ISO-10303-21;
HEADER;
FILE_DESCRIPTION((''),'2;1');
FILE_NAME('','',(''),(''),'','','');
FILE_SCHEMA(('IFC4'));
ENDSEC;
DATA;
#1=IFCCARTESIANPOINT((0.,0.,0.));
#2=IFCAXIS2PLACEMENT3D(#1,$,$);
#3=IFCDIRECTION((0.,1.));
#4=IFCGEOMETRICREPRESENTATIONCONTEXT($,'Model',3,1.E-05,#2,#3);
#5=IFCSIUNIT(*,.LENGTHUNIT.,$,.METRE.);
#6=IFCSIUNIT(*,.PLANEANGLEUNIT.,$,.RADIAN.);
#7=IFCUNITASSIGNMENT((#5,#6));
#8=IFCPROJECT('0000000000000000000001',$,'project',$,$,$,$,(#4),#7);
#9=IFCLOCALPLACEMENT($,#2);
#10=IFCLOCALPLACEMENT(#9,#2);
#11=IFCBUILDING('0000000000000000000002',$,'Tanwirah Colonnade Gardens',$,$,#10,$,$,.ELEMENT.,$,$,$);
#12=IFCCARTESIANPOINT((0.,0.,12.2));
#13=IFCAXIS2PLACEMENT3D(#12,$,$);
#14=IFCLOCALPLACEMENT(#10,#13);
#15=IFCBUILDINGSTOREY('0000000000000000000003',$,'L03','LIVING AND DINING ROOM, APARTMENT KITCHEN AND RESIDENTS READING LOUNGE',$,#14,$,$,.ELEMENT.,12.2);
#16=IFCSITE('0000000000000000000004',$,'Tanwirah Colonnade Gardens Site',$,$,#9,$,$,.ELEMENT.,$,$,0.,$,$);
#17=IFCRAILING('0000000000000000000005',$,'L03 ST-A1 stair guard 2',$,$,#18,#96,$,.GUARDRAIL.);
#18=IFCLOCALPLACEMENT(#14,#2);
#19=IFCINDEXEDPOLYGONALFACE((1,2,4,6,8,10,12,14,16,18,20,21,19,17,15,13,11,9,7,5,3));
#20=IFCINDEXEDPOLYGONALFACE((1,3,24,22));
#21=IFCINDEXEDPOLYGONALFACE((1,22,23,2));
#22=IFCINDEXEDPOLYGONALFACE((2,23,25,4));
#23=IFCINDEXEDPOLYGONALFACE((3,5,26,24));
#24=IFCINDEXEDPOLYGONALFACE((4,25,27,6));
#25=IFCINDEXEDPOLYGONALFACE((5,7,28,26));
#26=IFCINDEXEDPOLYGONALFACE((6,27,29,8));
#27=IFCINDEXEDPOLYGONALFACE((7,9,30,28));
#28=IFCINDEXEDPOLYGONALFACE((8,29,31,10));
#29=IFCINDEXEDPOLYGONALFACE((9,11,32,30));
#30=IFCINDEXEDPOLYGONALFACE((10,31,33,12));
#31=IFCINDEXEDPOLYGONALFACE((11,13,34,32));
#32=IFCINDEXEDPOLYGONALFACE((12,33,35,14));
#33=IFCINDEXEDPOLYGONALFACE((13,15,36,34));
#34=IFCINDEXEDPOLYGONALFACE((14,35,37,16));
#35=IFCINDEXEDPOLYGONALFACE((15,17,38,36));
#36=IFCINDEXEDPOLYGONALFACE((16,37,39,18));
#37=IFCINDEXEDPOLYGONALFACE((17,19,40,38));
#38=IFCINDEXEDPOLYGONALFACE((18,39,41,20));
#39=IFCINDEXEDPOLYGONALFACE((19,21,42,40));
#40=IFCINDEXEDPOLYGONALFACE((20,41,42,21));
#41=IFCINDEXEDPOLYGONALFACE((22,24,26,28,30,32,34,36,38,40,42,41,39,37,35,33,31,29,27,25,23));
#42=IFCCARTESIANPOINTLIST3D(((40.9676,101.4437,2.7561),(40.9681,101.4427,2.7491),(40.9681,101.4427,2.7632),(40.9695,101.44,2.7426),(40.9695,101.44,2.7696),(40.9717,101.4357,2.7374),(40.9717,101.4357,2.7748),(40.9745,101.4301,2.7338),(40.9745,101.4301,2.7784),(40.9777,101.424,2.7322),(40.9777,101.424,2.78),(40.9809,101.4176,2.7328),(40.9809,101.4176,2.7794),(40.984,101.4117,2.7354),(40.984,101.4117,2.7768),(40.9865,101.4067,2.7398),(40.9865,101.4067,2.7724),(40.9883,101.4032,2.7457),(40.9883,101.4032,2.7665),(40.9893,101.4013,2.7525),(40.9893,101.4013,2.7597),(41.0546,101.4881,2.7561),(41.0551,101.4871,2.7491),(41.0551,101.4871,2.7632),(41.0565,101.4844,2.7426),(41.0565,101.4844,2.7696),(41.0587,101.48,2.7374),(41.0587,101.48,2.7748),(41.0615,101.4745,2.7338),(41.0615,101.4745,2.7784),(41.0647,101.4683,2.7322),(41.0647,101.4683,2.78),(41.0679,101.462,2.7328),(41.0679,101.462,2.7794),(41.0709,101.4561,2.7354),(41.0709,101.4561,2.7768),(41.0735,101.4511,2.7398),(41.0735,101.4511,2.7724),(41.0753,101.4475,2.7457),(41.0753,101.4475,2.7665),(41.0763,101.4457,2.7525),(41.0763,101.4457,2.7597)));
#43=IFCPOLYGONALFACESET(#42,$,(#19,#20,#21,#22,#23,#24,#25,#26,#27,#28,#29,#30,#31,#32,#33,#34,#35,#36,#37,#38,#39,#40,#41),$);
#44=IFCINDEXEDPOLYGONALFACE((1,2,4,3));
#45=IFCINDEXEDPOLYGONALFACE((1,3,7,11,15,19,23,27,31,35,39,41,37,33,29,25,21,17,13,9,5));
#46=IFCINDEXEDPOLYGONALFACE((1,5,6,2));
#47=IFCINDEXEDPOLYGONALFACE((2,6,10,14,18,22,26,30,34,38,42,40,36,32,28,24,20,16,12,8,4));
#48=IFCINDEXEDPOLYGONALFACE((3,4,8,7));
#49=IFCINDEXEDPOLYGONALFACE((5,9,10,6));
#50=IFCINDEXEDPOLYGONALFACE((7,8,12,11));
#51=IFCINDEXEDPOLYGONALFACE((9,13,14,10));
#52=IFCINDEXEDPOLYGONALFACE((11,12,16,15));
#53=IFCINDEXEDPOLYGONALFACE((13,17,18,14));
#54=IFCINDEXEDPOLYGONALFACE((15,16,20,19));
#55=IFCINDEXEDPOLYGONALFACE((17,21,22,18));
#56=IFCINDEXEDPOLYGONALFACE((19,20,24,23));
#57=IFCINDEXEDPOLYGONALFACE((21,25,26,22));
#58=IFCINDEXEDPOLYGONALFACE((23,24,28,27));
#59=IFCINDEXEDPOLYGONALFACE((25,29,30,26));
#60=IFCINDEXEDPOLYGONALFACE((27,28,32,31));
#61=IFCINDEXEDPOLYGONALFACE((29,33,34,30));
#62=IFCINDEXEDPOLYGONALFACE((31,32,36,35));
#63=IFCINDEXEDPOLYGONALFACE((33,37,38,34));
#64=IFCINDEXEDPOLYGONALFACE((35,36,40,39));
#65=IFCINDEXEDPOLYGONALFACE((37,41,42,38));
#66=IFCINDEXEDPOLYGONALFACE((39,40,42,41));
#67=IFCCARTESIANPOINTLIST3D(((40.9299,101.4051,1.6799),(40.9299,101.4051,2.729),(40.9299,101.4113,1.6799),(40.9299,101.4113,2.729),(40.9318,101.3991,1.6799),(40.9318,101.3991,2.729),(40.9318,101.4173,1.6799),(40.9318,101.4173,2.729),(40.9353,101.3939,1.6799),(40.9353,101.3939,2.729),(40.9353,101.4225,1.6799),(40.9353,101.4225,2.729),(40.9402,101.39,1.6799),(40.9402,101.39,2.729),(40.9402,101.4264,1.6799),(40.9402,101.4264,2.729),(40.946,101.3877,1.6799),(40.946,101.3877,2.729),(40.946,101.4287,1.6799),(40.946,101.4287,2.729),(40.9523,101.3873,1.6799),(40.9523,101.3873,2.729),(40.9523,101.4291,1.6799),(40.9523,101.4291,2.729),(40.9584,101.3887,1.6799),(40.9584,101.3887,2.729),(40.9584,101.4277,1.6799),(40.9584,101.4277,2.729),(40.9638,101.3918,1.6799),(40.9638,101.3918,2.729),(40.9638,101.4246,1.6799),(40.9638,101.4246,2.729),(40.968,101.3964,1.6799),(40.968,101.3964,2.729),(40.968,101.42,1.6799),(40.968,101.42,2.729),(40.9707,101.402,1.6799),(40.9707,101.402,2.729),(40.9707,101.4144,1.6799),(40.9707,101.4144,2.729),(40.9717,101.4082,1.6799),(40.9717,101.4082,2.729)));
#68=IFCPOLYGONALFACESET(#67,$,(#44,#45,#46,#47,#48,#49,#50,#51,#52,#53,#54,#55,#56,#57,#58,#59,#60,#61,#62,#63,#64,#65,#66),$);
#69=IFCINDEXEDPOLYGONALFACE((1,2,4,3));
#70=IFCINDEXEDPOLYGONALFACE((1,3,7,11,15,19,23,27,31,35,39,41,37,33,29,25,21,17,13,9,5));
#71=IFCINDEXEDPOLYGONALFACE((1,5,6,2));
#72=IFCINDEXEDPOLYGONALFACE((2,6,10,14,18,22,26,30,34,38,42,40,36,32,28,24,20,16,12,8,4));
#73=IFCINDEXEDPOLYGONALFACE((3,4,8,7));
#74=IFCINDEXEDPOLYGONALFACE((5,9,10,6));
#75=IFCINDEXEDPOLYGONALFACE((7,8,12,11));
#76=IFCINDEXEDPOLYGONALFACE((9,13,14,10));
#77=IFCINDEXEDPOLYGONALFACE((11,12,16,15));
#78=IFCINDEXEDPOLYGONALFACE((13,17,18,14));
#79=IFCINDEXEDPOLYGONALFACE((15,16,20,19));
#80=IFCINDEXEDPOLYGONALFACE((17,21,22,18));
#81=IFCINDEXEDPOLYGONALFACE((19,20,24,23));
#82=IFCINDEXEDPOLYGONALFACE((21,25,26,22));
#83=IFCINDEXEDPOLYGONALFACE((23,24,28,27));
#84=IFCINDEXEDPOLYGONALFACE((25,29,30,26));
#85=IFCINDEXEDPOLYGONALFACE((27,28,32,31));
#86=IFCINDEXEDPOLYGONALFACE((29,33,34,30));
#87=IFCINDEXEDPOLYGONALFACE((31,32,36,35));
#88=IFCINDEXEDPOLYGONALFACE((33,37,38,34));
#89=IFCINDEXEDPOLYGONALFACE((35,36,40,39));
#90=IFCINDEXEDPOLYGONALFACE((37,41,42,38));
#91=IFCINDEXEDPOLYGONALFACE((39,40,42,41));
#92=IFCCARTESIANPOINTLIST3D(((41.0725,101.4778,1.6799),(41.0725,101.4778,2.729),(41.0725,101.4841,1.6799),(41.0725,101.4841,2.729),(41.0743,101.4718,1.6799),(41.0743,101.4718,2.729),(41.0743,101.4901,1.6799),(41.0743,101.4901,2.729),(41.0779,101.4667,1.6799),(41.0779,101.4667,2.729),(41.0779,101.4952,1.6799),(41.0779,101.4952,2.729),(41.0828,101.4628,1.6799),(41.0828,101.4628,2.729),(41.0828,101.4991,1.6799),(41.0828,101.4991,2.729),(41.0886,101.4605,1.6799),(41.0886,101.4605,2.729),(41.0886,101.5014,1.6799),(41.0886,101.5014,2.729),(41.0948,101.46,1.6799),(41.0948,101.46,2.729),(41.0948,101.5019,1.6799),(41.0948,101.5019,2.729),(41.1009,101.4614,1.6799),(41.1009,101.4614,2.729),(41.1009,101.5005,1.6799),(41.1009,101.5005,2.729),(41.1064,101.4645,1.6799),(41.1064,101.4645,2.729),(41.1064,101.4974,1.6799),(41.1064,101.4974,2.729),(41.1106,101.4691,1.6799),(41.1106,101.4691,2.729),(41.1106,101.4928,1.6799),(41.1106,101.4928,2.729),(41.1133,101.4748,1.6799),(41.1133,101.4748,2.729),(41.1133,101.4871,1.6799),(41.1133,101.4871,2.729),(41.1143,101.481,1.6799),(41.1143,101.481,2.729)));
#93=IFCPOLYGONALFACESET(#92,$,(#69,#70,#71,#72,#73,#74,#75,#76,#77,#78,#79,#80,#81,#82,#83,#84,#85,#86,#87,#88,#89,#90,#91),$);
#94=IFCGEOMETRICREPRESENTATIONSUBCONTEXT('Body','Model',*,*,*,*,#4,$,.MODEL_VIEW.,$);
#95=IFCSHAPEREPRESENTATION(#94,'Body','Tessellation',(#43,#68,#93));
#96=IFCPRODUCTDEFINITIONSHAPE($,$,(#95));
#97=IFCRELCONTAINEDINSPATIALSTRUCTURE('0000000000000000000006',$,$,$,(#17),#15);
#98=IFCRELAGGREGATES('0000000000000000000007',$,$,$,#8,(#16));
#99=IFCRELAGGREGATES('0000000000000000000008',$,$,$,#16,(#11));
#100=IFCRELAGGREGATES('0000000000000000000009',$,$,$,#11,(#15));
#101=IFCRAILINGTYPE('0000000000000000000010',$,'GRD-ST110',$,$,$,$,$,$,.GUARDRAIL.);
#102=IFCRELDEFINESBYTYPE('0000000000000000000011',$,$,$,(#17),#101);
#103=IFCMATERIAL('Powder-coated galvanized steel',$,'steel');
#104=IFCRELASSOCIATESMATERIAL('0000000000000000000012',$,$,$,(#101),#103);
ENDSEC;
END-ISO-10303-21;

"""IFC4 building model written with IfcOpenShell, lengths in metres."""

from ifc_helpers import new_model, si_unit, direction, frame, origin, origin_2d, place, context, subcontext, project, spatial, circle, extrude, material, type_object, element, save


model = new_model("IFC4")

# Units and contexts
model_context = context("Model", 3, precision=1e-05, world=origin(), true_north=direction((0.0, 1.0)))
body_context = subcontext(model_context, "Body", "Model", "MODEL_VIEW")
ifc_project = project(units=[si_unit("LENGTHUNIT", "METRE"), si_unit("PLANEANGLEUNIT", "RADIAN")], contexts=[model_context])

# Site, building, storey
site_placement = place(None, origin())
site = spatial("IfcSite", under=ifc_project, at=site_placement, Name="Tanwirah Colonnade Gardens Site", CompositionType="ELEMENT", RefElevation=0.0)
building_placement = place(site_placement, origin())
building = spatial("IfcBuilding", under=site, at=building_placement, Name="Tanwirah Colonnade Gardens", CompositionType="ELEMENT")
storey_placement = place(building_placement, frame((0.0, 0.0, 12.2)))
storey = spatial("IfcBuildingStorey", under=building, at=storey_placement, Name="L03", Description="LIVING AND DINING ROOM, APARTMENT KITCHEN AND RESIDENTS READING LOUNGE", CompositionType="ELEMENT", Elevation=12.2)

# Railing
ifc_material_1 = material(Name="Powder-coated galvanized steel", Category="steel")
railing_type_1 = type_object("IfcRailingType", Name="GRD-ST110", PredefinedType="GUARDRAIL", material=ifc_material_1)
railing_1_placement = place(storey_placement, frame((40.9507, 101.4082, 1.6799)))
element("IfcRailing", 1, at=railing_1_placement, inside=storey, type_object=railing_type_1, Name="L03 ST-A1 stair guard 2", PredefinedType="GUARDRAIL", context=body_context, shape_type="SweptSolid", body=[
    extrude(circle(Radius=0.0239, at=origin_2d()), frame((0.0278, 0.0142, 1.0762), z_axis=(0.890737, 0.45452, 0.0), x_axis=(-0.45452, 0.890737, 0.0)), (0.0, 0.0, 1.0), 0.0977),
    extrude(circle(Radius=0.021, at=origin_2d()), origin(), (0.0, 0.0, 1.0), 1.0491),
    extrude(circle(Radius=0.021, at=origin_2d()), frame((0.1426, 0.0728, 0.0)), (0.0, 0.0, 1.0), 1.0491),
])

save(model, "model.ifc")
